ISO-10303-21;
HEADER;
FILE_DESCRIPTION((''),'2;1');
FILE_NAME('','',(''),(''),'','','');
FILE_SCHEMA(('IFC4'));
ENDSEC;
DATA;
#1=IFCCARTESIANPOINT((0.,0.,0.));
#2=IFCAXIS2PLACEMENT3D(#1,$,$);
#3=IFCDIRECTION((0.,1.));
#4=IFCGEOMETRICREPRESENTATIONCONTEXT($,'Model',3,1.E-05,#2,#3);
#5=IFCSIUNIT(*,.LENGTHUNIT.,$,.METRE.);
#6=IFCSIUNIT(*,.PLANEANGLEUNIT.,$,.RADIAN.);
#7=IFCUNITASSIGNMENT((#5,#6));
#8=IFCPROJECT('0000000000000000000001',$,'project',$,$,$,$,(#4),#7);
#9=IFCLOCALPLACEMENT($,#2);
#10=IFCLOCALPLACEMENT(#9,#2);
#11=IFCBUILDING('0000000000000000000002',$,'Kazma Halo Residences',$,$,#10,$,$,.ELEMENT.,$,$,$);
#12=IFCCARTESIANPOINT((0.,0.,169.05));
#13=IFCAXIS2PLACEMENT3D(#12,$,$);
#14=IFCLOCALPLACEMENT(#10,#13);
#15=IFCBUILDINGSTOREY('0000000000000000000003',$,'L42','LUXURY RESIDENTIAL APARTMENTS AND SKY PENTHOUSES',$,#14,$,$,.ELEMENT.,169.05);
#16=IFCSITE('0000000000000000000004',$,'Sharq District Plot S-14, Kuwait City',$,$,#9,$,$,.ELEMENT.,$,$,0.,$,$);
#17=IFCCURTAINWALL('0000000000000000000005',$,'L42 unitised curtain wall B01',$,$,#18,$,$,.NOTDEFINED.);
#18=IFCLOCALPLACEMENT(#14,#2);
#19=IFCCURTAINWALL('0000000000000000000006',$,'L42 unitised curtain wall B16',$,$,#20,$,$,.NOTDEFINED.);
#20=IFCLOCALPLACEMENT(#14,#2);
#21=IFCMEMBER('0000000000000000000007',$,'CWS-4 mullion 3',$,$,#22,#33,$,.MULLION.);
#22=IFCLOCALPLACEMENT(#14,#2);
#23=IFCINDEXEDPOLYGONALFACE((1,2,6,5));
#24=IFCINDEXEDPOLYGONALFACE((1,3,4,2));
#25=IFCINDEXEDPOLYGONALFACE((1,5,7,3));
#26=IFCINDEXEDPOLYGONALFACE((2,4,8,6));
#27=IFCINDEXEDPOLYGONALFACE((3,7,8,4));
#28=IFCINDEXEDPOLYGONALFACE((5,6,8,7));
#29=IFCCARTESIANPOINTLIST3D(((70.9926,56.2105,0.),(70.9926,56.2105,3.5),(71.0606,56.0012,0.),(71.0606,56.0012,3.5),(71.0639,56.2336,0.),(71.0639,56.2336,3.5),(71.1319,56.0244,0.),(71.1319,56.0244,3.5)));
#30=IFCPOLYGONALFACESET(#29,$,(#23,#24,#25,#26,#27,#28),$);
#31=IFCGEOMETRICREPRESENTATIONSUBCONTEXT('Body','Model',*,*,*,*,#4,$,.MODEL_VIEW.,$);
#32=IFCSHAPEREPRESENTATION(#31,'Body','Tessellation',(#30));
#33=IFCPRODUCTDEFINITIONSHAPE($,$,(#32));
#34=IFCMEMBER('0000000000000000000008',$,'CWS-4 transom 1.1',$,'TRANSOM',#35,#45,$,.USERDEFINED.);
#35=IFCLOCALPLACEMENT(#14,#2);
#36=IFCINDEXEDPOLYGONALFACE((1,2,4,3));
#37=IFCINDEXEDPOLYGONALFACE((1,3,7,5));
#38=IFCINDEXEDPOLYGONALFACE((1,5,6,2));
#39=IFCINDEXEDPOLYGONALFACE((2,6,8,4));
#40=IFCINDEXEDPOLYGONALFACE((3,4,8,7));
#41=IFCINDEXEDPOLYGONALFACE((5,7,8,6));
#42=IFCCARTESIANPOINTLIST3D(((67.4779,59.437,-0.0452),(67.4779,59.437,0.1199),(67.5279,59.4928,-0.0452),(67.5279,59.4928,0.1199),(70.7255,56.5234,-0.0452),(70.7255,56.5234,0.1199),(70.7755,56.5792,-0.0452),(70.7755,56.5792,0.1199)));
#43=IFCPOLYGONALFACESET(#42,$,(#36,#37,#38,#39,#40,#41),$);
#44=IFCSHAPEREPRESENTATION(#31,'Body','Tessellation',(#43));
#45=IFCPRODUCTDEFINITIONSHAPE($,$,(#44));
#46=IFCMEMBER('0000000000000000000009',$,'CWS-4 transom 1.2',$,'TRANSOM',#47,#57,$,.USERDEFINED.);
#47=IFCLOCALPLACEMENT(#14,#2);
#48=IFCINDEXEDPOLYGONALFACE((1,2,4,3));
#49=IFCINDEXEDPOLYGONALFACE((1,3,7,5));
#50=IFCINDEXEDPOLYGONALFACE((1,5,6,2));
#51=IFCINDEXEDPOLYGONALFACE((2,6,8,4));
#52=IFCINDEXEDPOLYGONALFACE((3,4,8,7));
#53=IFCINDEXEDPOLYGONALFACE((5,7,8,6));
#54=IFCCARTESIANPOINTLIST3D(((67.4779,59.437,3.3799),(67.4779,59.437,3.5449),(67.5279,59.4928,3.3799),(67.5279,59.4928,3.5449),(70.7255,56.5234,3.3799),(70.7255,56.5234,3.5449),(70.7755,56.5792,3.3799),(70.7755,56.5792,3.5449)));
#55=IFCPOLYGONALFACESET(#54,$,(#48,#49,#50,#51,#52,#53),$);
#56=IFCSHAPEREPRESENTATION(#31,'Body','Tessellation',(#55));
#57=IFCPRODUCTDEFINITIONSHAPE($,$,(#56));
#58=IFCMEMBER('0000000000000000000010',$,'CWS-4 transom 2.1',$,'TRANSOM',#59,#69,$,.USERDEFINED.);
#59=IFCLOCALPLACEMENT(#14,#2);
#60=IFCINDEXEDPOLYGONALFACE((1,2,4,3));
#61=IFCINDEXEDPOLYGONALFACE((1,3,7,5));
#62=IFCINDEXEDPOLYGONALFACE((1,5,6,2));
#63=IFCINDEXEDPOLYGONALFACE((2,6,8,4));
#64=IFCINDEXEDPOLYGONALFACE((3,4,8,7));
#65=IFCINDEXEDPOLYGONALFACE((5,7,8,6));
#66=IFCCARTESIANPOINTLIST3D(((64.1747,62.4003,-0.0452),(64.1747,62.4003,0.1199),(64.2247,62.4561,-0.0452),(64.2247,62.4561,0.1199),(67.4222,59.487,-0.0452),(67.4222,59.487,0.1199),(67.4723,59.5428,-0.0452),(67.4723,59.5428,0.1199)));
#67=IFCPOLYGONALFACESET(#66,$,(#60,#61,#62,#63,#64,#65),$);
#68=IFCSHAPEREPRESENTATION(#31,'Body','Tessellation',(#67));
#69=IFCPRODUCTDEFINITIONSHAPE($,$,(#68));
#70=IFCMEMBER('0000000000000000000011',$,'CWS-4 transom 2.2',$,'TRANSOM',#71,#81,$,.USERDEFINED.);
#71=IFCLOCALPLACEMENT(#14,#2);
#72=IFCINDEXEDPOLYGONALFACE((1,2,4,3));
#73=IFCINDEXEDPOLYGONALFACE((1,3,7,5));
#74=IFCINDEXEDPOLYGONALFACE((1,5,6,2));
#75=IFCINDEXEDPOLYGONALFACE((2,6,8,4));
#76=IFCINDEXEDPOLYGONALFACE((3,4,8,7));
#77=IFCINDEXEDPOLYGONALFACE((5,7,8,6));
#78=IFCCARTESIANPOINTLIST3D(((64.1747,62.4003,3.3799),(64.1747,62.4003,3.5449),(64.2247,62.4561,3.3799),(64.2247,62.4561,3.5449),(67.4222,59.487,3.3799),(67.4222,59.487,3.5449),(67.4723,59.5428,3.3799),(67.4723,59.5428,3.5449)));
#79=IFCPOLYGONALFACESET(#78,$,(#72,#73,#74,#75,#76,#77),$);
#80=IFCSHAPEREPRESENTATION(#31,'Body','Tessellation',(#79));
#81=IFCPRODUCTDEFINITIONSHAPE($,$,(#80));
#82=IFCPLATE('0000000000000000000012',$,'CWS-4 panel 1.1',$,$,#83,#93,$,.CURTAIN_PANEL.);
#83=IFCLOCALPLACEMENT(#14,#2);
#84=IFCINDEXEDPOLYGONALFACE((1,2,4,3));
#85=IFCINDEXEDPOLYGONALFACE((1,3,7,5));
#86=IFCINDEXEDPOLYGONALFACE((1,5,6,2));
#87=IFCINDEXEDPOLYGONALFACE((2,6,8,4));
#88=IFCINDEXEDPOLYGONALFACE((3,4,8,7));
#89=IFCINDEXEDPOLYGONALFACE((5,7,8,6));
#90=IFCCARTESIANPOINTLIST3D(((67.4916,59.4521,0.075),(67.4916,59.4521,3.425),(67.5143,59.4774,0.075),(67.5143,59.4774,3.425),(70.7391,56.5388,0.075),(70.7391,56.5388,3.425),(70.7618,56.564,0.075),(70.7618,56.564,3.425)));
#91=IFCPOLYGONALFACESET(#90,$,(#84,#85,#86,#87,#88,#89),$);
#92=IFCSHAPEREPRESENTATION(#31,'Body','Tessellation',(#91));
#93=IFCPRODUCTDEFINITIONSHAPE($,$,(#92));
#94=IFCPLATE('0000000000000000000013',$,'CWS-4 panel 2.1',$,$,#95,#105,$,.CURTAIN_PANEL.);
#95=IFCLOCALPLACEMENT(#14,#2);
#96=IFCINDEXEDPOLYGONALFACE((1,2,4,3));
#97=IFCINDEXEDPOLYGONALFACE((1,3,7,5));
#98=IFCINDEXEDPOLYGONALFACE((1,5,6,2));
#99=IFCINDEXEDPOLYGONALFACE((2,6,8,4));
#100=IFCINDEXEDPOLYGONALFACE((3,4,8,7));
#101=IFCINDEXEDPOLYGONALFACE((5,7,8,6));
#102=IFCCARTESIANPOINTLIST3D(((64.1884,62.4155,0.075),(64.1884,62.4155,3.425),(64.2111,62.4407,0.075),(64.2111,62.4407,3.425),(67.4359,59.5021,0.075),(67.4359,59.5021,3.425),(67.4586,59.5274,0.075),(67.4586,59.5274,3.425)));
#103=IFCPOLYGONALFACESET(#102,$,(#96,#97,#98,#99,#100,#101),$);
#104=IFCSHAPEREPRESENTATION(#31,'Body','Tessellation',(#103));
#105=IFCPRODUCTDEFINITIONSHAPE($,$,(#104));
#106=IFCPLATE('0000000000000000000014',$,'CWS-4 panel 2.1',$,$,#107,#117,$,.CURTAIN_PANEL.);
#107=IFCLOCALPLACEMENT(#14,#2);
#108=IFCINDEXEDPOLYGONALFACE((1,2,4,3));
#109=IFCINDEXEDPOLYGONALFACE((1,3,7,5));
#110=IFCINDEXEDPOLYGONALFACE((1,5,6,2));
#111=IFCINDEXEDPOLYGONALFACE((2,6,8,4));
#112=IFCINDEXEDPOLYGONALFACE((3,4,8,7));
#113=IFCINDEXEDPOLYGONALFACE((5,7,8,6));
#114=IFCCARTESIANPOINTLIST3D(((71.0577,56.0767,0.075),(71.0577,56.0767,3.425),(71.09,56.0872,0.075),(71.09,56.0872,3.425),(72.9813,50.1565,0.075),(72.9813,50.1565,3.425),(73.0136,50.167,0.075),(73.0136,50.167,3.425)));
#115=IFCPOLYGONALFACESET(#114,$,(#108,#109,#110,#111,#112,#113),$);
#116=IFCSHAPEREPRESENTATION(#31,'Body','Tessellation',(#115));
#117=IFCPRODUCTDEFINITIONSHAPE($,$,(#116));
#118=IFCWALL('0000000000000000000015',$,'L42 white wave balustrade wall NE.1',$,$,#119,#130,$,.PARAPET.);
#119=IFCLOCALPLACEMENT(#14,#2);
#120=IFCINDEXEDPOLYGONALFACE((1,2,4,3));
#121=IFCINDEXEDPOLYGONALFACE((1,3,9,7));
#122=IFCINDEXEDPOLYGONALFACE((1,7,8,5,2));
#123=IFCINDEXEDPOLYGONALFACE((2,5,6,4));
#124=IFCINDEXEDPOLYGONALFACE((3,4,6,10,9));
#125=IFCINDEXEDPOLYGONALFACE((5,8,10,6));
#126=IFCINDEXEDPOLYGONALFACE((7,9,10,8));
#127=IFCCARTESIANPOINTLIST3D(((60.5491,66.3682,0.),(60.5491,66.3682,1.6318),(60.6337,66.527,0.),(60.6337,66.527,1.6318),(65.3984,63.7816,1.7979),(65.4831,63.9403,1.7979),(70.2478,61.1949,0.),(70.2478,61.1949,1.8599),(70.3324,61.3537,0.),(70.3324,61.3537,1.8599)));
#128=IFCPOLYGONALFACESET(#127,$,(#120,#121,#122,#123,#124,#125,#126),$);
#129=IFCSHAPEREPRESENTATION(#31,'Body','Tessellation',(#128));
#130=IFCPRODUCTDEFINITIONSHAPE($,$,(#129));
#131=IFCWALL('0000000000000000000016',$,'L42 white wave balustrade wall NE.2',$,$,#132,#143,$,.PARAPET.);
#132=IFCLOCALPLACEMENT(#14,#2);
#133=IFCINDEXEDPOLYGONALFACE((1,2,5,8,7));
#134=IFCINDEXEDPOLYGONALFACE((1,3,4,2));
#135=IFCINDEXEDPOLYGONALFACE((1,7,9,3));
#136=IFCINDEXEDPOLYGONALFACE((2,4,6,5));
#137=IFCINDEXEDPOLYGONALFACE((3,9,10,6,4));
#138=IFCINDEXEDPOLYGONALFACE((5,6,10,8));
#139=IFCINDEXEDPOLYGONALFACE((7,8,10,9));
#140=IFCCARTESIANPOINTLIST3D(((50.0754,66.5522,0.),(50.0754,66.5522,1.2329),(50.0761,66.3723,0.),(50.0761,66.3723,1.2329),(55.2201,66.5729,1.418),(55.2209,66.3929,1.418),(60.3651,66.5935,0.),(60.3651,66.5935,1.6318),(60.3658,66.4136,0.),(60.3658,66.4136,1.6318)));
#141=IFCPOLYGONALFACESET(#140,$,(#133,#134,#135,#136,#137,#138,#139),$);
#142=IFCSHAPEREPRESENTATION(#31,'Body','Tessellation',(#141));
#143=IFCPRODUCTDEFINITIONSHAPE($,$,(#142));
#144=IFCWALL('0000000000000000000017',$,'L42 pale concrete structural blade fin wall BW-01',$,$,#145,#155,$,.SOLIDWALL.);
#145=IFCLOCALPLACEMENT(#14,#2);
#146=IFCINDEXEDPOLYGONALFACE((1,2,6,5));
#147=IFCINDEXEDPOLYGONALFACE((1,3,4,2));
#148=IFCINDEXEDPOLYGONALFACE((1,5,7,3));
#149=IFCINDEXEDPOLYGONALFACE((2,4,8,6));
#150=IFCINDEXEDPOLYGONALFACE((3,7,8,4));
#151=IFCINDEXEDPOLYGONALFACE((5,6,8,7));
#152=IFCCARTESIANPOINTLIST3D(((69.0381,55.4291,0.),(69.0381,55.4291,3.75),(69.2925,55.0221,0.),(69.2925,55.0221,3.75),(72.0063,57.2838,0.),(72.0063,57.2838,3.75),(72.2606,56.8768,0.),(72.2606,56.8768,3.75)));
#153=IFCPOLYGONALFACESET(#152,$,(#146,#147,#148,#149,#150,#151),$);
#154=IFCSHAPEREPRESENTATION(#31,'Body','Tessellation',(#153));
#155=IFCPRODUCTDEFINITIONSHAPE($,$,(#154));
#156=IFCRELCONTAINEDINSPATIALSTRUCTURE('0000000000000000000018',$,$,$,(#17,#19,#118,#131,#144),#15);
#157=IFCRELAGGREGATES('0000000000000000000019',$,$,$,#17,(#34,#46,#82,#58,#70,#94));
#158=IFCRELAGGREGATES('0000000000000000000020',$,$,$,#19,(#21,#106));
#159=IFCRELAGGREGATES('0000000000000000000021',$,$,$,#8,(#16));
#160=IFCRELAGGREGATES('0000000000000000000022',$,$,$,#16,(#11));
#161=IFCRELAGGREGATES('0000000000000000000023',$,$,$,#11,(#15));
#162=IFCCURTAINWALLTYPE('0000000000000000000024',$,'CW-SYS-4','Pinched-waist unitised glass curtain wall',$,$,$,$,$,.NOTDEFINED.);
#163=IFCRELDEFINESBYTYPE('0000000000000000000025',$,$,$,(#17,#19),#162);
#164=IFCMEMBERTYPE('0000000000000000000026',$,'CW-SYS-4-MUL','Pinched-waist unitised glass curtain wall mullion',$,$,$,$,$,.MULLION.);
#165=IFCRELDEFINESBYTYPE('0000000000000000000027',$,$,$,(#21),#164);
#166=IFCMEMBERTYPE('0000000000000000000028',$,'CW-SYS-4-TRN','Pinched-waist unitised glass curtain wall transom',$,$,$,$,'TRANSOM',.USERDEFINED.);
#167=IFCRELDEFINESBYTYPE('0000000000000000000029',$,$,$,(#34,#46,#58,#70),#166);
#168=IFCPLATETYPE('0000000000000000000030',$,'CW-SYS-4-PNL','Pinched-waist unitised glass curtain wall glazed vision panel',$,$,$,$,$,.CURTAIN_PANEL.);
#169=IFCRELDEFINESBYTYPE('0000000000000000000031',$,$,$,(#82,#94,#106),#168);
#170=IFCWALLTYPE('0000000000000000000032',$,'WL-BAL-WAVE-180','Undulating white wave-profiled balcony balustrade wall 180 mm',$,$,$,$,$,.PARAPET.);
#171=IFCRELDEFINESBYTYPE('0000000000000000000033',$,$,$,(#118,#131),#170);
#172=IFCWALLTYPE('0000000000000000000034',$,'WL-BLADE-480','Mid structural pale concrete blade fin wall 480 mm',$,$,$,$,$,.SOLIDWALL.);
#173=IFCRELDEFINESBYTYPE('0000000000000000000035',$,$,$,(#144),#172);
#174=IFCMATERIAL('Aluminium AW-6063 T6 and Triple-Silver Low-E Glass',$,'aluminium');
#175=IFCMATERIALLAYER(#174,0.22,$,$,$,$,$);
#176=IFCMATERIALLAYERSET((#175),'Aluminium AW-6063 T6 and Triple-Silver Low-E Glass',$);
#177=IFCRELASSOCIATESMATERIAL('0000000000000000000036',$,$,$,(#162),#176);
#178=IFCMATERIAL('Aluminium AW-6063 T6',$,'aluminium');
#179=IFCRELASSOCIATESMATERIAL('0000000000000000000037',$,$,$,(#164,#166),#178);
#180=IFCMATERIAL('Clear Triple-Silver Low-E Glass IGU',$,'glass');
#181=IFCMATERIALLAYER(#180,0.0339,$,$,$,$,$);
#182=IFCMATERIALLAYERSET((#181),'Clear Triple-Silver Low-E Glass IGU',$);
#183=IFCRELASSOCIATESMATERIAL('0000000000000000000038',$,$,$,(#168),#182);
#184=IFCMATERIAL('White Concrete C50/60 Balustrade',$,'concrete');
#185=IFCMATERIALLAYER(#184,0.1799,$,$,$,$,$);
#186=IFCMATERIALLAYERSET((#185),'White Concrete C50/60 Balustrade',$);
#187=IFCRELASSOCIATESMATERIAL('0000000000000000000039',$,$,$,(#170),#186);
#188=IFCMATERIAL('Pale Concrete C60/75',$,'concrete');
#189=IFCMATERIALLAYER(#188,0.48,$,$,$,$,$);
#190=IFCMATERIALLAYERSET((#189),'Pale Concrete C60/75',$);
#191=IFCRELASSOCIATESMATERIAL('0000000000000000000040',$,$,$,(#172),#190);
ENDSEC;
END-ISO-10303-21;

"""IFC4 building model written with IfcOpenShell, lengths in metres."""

from ifc_helpers import new_model, si_unit, direction, frame, frame_2d, origin, origin_2d, place, context, subcontext, project, spatial, polyline, rectangle, outline, extrude, material, layer, layer_set, material_profile, profile_set, type_object, element, aggregate, save


model = new_model("IFC4")

# Units and contexts
model_context = context("Model", 3, precision=1e-05, world=origin(), true_north=direction((0.0, 1.0)))
body_context = subcontext(model_context, "Body", "Model", "MODEL_VIEW")
ifc_project = project(units=[si_unit("LENGTHUNIT", "METRE"), si_unit("PLANEANGLEUNIT", "RADIAN")], contexts=[model_context])

# Site, building, storey
site_placement = place(None, origin())
site = spatial("IfcSite", under=ifc_project, at=site_placement, Name="Sharq District Plot S-14, Kuwait City", CompositionType="ELEMENT", RefElevation=0.0)
building_placement = place(site_placement, origin())
building = spatial("IfcBuilding", under=site, at=building_placement, Name="Kazma Halo Residences", CompositionType="ELEMENT")
storey_placement = place(building_placement, frame((0.0, 0.0, 169.05)))
storey = spatial("IfcBuildingStorey", under=building, at=storey_placement, Name="L42", Description="LUXURY RESIDENTIAL APARTMENTS AND SKY PENTHOUSES", CompositionType="ELEMENT", Elevation=169.05)

# Curtain wall
ifc_material_1 = material(Name="Aluminium AW-6063 T6 and Triple-Silver Low-E Glass", Category="aluminium")
ifc_layer_1 = layer(ifc_material_1, 0.22)
ifc_layer_set_1 = layer_set([ifc_layer_1], Name="Aluminium AW-6063 T6 and Triple-Silver Low-E Glass")
curtain_wall_type = type_object("IfcCurtainWallType", Name="CW-SYS-4", Description="Pinched-waist unitised glass curtain wall", PredefinedType="NOTDEFINED", material=ifc_layer_set_1)
curtain_wall_1_placement = place(storey_placement, origin())
curtain_wall_1 = element("IfcCurtainWall", 1, at=curtain_wall_1_placement, inside=storey, type_object=curtain_wall_type, Name="L42 unitised curtain wall B01", PredefinedType="NOTDEFINED")
ifc_material_2 = material(Name="Aluminium AW-6063 T6", Category="aluminium")
ifc_material_profile_1 = material_profile(ifc_material_2, rectangle(XDim=0.075, YDim=0.22, at=origin_2d()), Name="CWM-75x220")
ifc_profile_set_1 = profile_set([ifc_material_profile_1], Name="Aluminium AW-6063 T6")
member_type_1 = type_object("IfcMemberType", Name="CW-SYS-4-MUL", Description="Pinched-waist unitised glass curtain wall mullion", PredefinedType="MULLION", material=ifc_profile_set_1)

# Curtain wall, member
curtain_wall_2_placement = place(storey_placement, origin())
curtain_wall_2 = element("IfcCurtainWall", 2, at=curtain_wall_2_placement, inside=storey, type_object=curtain_wall_type, Name="L42 unitised curtain wall B16", PredefinedType="NOTDEFINED")
member_1_placement = place(storey_placement, frame((71.0623, 56.1174, 0.0), z_axis=(0.0, 0.0, 1.0), x_axis=(-0.951058, -0.309014, 0.0)))
member_1 = element("IfcMember", 3, at=member_1_placement, type_object=member_type_1, Name="CWS-4 mullion 3", PredefinedType="MULLION", context=body_context, shape_type="SweptSolid", body=[
    extrude(rectangle(XDim=0.075, YDim=0.22, at=origin_2d()), origin(), (0.0, 0.0, 1.0), 3.5),
])

# Members
ifc_material_profile_2 = material_profile(ifc_material_2, rectangle(XDim=0.075, YDim=0.165, at=origin_2d()), Name="CWT-75x165")
ifc_profile_set_2 = profile_set([ifc_material_profile_2], Name="Aluminium AW-6063 T6")
member_type_2 = type_object("IfcMemberType", Name="CW-SYS-4-TRN", Description="Pinched-waist unitised glass curtain wall transom", ElementType="TRANSOM", PredefinedType="USERDEFINED", material=ifc_profile_set_2)
member_2_placement = place(storey_placement, frame((70.7505, 56.5513, 0.0374), z_axis=(-0.744345, 0.667795, 0.0), x_axis=(-0.667795, -0.744345, 0.0)))
member_2 = element("IfcMember", 4, at=member_2_placement, type_object=member_type_2, Name="CWS-4 transom 1.1", ObjectType="TRANSOM", PredefinedType="USERDEFINED", context=body_context, shape_type="SweptSolid", body=[
    extrude(rectangle(XDim=0.075, YDim=0.165, at=origin_2d()), origin(), (0.0, 0.0, 1.0), 4.363),
])
member_3_placement = place(storey_placement, frame((70.7505, 56.5513, 3.4624), z_axis=(-0.744345, 0.667795, 0.0), x_axis=(-0.667795, -0.744345, 0.0)))
member_3 = element("IfcMember", 5, at=member_3_placement, type_object=member_type_2, Name="CWS-4 transom 1.2", ObjectType="TRANSOM", PredefinedType="USERDEFINED", context=body_context, shape_type="SweptSolid", body=[
    extrude(rectangle(XDim=0.075, YDim=0.165, at=origin_2d()), origin(), (0.0, 0.0, 1.0), 4.363),
])
member_4_placement = place(storey_placement, frame((67.4473, 59.5149, 0.0374), z_axis=(-0.744373, 0.667764, 0.0), x_axis=(-0.667764, -0.744373, 0.0)))
member_4 = element("IfcMember", 6, at=member_4_placement, type_object=member_type_2, Name="CWS-4 transom 2.1", ObjectType="TRANSOM", PredefinedType="USERDEFINED", context=body_context, shape_type="SweptSolid", body=[
    extrude(rectangle(XDim=0.075, YDim=0.165, at=origin_2d()), origin(), (0.0, 0.0, 1.0), 4.3628),
])
member_5_placement = place(storey_placement, frame((67.4473, 59.5149, 3.4624), z_axis=(-0.744373, 0.667764, 0.0), x_axis=(-0.667764, -0.744373, 0.0)))
member_5 = element("IfcMember", 7, at=member_5_placement, type_object=member_type_2, Name="CWS-4 transom 2.2", ObjectType="TRANSOM", PredefinedType="USERDEFINED", context=body_context, shape_type="SweptSolid", body=[
    extrude(rectangle(XDim=0.075, YDim=0.165, at=origin_2d()), origin(), (0.0, 0.0, 1.0), 4.3628),
])

# Plates
ifc_material_3 = material(Name="Clear Triple-Silver Low-E Glass IGU", Category="glass")
ifc_layer_2 = layer(ifc_material_3, 0.0339)
ifc_layer_set_2 = layer_set([ifc_layer_2], Name="Clear Triple-Silver Low-E Glass IGU")
plate_type = type_object("IfcPlateType", Name="CW-SYS-4-PNL", Description="Pinched-waist unitised glass curtain wall glazed vision panel", PredefinedType="CURTAIN_PANEL", material=ifc_layer_set_2)
plate_1_placement = place(storey_placement, frame((69.1267, 58.0081, 0.075), z_axis=(0.0, 0.0, 1.0), x_axis=(-0.744368, 0.66777, 0.0)))
plate_1 = element("IfcPlate", 8, at=plate_1_placement, type_object=plate_type, Name="CWS-4 panel 1.1", PredefinedType="CURTAIN_PANEL", context=body_context, shape_type="SweptSolid", body=[
    extrude(rectangle(XDim=4.3628, YDim=0.0339, at=origin_2d()), origin(), (0.0, 0.0, 1.0), 3.3501),
])
plate_2_placement = place(storey_placement, frame((65.8235, 60.9714, 0.075), z_axis=(0.0, 0.0, 1.0), x_axis=(-0.744368, 0.66777, 0.0)))
plate_2 = element("IfcPlate", 9, at=plate_2_placement, type_object=plate_type, Name="CWS-4 panel 2.1", PredefinedType="CURTAIN_PANEL", context=body_context, shape_type="SweptSolid", body=[
    extrude(rectangle(XDim=4.3628, YDim=0.0339, at=origin_2d()), origin(), (0.0, 0.0, 1.0), 3.3501),
])
aggregate(curtain_wall_1, [member_2, member_3, plate_1, member_4, member_5, plate_2])
plate_3_placement = place(storey_placement, frame((72.0356, 53.1218, 0.075), z_axis=(0.0, 0.0, 1.0), x_axis=(-0.309014, 0.951058, 0.0)))
plate_3 = element("IfcPlate", 10, at=plate_3_placement, type_object=plate_type, Name="CWS-4 panel 2.1", PredefinedType="CURTAIN_PANEL", context=body_context, shape_type="SweptSolid", body=[
    extrude(rectangle(XDim=6.2249, YDim=0.0339, at=origin_2d()), origin(), (0.0, 0.0, 1.0), 3.3501),
])
aggregate(curtain_wall_2, [member_1, plate_3])

# Walls
ifc_material_4 = material(Name="White Concrete C50/60 Balustrade", Category="concrete")
ifc_layer_3 = layer(ifc_material_4, 0.1799)
ifc_layer_set_3 = layer_set([ifc_layer_3], Name="White Concrete C50/60 Balustrade")
wall_type_1 = type_object("IfcWallType", Name="WL-BAL-WAVE-180", Description="Undulating white wave-profiled balcony balustrade wall 180 mm", PredefinedType="PARAPET", material=ifc_layer_set_3)
wall_1_placement = place(storey_placement, frame((70.29, 61.2742, 0.0), z_axis=(0.0, 0.0, 1.0), x_axis=(-0.882327, 0.470637, 0.0)))
element("IfcWall", 11, at=wall_1_placement, inside=storey, type_object=wall_type_1, Name="L42 white wave balustrade wall NE.1", PredefinedType="PARAPET", context=body_context, shape_type="SweptSolid", body=[
    extrude(outline(polyline([(0.0, 0.0), (10.9922, 0.0), (10.9922, 1.6318), (5.4961, 1.7979), (0.0, 1.8599), (0.0, 0.0)])), frame((0.0, 0.0898, 0.0), z_axis=(0.0, -1.0, 0.0), x_axis=(1.0, 0.0, 0.0)), (0.0, 0.0, 1.0), 0.1799),
])
wall_2_placement = place(storey_placement, frame((60.3655, 66.5034, 0.0), z_axis=(0.0, 0.0, 1.0), x_axis=(-0.999992, -0.00401, 0.0)))
element("IfcWall", 12, at=wall_2_placement, inside=storey, type_object=wall_type_1, Name="L42 white wave balustrade wall NE.2", PredefinedType="PARAPET", context=body_context, shape_type="SweptSolid", body=[
    extrude(outline(polyline([(0.0, 0.0), (10.2898, 0.0), (10.2898, 1.2329), (5.145, 1.418), (0.0, 1.6318), (0.0, 0.0)])), frame((0.0, 0.0898, 0.0), z_axis=(0.0, -1.0, 0.0), x_axis=(1.0, 0.0, 0.0)), (0.0, 0.0, 1.0), 0.1799),
])
ifc_material_5 = material(Name="Pale Concrete C60/75", Category="concrete")
ifc_layer_4 = layer(ifc_material_5, 0.48)
ifc_layer_set_4 = layer_set([ifc_layer_4], Name="Pale Concrete C60/75")
wall_type_2 = type_object("IfcWallType", Name="WL-BLADE-480", Description="Mid structural pale concrete blade fin wall 480 mm", PredefinedType="SOLIDWALL", material=ifc_layer_set_4)
wall_3_placement = place(storey_placement, frame((69.1653, 55.2256, 0.0), z_axis=(0.0, 0.0, 1.0), x_axis=(0.848053, 0.529911, 0.0)))
element("IfcWall", 13, at=wall_3_placement, inside=storey, type_object=wall_type_2, Name="L42 pale concrete structural blade fin wall BW-01", PredefinedType="SOLIDWALL", context=body_context, shape_type="SweptSolid", body=[
    extrude(rectangle(XDim=3.5, YDim=0.48, at=frame_2d((1.75, 0.0))), origin(), (0.0, 0.0, 1.0), 3.75),
])

save(model, "model.ifc")
